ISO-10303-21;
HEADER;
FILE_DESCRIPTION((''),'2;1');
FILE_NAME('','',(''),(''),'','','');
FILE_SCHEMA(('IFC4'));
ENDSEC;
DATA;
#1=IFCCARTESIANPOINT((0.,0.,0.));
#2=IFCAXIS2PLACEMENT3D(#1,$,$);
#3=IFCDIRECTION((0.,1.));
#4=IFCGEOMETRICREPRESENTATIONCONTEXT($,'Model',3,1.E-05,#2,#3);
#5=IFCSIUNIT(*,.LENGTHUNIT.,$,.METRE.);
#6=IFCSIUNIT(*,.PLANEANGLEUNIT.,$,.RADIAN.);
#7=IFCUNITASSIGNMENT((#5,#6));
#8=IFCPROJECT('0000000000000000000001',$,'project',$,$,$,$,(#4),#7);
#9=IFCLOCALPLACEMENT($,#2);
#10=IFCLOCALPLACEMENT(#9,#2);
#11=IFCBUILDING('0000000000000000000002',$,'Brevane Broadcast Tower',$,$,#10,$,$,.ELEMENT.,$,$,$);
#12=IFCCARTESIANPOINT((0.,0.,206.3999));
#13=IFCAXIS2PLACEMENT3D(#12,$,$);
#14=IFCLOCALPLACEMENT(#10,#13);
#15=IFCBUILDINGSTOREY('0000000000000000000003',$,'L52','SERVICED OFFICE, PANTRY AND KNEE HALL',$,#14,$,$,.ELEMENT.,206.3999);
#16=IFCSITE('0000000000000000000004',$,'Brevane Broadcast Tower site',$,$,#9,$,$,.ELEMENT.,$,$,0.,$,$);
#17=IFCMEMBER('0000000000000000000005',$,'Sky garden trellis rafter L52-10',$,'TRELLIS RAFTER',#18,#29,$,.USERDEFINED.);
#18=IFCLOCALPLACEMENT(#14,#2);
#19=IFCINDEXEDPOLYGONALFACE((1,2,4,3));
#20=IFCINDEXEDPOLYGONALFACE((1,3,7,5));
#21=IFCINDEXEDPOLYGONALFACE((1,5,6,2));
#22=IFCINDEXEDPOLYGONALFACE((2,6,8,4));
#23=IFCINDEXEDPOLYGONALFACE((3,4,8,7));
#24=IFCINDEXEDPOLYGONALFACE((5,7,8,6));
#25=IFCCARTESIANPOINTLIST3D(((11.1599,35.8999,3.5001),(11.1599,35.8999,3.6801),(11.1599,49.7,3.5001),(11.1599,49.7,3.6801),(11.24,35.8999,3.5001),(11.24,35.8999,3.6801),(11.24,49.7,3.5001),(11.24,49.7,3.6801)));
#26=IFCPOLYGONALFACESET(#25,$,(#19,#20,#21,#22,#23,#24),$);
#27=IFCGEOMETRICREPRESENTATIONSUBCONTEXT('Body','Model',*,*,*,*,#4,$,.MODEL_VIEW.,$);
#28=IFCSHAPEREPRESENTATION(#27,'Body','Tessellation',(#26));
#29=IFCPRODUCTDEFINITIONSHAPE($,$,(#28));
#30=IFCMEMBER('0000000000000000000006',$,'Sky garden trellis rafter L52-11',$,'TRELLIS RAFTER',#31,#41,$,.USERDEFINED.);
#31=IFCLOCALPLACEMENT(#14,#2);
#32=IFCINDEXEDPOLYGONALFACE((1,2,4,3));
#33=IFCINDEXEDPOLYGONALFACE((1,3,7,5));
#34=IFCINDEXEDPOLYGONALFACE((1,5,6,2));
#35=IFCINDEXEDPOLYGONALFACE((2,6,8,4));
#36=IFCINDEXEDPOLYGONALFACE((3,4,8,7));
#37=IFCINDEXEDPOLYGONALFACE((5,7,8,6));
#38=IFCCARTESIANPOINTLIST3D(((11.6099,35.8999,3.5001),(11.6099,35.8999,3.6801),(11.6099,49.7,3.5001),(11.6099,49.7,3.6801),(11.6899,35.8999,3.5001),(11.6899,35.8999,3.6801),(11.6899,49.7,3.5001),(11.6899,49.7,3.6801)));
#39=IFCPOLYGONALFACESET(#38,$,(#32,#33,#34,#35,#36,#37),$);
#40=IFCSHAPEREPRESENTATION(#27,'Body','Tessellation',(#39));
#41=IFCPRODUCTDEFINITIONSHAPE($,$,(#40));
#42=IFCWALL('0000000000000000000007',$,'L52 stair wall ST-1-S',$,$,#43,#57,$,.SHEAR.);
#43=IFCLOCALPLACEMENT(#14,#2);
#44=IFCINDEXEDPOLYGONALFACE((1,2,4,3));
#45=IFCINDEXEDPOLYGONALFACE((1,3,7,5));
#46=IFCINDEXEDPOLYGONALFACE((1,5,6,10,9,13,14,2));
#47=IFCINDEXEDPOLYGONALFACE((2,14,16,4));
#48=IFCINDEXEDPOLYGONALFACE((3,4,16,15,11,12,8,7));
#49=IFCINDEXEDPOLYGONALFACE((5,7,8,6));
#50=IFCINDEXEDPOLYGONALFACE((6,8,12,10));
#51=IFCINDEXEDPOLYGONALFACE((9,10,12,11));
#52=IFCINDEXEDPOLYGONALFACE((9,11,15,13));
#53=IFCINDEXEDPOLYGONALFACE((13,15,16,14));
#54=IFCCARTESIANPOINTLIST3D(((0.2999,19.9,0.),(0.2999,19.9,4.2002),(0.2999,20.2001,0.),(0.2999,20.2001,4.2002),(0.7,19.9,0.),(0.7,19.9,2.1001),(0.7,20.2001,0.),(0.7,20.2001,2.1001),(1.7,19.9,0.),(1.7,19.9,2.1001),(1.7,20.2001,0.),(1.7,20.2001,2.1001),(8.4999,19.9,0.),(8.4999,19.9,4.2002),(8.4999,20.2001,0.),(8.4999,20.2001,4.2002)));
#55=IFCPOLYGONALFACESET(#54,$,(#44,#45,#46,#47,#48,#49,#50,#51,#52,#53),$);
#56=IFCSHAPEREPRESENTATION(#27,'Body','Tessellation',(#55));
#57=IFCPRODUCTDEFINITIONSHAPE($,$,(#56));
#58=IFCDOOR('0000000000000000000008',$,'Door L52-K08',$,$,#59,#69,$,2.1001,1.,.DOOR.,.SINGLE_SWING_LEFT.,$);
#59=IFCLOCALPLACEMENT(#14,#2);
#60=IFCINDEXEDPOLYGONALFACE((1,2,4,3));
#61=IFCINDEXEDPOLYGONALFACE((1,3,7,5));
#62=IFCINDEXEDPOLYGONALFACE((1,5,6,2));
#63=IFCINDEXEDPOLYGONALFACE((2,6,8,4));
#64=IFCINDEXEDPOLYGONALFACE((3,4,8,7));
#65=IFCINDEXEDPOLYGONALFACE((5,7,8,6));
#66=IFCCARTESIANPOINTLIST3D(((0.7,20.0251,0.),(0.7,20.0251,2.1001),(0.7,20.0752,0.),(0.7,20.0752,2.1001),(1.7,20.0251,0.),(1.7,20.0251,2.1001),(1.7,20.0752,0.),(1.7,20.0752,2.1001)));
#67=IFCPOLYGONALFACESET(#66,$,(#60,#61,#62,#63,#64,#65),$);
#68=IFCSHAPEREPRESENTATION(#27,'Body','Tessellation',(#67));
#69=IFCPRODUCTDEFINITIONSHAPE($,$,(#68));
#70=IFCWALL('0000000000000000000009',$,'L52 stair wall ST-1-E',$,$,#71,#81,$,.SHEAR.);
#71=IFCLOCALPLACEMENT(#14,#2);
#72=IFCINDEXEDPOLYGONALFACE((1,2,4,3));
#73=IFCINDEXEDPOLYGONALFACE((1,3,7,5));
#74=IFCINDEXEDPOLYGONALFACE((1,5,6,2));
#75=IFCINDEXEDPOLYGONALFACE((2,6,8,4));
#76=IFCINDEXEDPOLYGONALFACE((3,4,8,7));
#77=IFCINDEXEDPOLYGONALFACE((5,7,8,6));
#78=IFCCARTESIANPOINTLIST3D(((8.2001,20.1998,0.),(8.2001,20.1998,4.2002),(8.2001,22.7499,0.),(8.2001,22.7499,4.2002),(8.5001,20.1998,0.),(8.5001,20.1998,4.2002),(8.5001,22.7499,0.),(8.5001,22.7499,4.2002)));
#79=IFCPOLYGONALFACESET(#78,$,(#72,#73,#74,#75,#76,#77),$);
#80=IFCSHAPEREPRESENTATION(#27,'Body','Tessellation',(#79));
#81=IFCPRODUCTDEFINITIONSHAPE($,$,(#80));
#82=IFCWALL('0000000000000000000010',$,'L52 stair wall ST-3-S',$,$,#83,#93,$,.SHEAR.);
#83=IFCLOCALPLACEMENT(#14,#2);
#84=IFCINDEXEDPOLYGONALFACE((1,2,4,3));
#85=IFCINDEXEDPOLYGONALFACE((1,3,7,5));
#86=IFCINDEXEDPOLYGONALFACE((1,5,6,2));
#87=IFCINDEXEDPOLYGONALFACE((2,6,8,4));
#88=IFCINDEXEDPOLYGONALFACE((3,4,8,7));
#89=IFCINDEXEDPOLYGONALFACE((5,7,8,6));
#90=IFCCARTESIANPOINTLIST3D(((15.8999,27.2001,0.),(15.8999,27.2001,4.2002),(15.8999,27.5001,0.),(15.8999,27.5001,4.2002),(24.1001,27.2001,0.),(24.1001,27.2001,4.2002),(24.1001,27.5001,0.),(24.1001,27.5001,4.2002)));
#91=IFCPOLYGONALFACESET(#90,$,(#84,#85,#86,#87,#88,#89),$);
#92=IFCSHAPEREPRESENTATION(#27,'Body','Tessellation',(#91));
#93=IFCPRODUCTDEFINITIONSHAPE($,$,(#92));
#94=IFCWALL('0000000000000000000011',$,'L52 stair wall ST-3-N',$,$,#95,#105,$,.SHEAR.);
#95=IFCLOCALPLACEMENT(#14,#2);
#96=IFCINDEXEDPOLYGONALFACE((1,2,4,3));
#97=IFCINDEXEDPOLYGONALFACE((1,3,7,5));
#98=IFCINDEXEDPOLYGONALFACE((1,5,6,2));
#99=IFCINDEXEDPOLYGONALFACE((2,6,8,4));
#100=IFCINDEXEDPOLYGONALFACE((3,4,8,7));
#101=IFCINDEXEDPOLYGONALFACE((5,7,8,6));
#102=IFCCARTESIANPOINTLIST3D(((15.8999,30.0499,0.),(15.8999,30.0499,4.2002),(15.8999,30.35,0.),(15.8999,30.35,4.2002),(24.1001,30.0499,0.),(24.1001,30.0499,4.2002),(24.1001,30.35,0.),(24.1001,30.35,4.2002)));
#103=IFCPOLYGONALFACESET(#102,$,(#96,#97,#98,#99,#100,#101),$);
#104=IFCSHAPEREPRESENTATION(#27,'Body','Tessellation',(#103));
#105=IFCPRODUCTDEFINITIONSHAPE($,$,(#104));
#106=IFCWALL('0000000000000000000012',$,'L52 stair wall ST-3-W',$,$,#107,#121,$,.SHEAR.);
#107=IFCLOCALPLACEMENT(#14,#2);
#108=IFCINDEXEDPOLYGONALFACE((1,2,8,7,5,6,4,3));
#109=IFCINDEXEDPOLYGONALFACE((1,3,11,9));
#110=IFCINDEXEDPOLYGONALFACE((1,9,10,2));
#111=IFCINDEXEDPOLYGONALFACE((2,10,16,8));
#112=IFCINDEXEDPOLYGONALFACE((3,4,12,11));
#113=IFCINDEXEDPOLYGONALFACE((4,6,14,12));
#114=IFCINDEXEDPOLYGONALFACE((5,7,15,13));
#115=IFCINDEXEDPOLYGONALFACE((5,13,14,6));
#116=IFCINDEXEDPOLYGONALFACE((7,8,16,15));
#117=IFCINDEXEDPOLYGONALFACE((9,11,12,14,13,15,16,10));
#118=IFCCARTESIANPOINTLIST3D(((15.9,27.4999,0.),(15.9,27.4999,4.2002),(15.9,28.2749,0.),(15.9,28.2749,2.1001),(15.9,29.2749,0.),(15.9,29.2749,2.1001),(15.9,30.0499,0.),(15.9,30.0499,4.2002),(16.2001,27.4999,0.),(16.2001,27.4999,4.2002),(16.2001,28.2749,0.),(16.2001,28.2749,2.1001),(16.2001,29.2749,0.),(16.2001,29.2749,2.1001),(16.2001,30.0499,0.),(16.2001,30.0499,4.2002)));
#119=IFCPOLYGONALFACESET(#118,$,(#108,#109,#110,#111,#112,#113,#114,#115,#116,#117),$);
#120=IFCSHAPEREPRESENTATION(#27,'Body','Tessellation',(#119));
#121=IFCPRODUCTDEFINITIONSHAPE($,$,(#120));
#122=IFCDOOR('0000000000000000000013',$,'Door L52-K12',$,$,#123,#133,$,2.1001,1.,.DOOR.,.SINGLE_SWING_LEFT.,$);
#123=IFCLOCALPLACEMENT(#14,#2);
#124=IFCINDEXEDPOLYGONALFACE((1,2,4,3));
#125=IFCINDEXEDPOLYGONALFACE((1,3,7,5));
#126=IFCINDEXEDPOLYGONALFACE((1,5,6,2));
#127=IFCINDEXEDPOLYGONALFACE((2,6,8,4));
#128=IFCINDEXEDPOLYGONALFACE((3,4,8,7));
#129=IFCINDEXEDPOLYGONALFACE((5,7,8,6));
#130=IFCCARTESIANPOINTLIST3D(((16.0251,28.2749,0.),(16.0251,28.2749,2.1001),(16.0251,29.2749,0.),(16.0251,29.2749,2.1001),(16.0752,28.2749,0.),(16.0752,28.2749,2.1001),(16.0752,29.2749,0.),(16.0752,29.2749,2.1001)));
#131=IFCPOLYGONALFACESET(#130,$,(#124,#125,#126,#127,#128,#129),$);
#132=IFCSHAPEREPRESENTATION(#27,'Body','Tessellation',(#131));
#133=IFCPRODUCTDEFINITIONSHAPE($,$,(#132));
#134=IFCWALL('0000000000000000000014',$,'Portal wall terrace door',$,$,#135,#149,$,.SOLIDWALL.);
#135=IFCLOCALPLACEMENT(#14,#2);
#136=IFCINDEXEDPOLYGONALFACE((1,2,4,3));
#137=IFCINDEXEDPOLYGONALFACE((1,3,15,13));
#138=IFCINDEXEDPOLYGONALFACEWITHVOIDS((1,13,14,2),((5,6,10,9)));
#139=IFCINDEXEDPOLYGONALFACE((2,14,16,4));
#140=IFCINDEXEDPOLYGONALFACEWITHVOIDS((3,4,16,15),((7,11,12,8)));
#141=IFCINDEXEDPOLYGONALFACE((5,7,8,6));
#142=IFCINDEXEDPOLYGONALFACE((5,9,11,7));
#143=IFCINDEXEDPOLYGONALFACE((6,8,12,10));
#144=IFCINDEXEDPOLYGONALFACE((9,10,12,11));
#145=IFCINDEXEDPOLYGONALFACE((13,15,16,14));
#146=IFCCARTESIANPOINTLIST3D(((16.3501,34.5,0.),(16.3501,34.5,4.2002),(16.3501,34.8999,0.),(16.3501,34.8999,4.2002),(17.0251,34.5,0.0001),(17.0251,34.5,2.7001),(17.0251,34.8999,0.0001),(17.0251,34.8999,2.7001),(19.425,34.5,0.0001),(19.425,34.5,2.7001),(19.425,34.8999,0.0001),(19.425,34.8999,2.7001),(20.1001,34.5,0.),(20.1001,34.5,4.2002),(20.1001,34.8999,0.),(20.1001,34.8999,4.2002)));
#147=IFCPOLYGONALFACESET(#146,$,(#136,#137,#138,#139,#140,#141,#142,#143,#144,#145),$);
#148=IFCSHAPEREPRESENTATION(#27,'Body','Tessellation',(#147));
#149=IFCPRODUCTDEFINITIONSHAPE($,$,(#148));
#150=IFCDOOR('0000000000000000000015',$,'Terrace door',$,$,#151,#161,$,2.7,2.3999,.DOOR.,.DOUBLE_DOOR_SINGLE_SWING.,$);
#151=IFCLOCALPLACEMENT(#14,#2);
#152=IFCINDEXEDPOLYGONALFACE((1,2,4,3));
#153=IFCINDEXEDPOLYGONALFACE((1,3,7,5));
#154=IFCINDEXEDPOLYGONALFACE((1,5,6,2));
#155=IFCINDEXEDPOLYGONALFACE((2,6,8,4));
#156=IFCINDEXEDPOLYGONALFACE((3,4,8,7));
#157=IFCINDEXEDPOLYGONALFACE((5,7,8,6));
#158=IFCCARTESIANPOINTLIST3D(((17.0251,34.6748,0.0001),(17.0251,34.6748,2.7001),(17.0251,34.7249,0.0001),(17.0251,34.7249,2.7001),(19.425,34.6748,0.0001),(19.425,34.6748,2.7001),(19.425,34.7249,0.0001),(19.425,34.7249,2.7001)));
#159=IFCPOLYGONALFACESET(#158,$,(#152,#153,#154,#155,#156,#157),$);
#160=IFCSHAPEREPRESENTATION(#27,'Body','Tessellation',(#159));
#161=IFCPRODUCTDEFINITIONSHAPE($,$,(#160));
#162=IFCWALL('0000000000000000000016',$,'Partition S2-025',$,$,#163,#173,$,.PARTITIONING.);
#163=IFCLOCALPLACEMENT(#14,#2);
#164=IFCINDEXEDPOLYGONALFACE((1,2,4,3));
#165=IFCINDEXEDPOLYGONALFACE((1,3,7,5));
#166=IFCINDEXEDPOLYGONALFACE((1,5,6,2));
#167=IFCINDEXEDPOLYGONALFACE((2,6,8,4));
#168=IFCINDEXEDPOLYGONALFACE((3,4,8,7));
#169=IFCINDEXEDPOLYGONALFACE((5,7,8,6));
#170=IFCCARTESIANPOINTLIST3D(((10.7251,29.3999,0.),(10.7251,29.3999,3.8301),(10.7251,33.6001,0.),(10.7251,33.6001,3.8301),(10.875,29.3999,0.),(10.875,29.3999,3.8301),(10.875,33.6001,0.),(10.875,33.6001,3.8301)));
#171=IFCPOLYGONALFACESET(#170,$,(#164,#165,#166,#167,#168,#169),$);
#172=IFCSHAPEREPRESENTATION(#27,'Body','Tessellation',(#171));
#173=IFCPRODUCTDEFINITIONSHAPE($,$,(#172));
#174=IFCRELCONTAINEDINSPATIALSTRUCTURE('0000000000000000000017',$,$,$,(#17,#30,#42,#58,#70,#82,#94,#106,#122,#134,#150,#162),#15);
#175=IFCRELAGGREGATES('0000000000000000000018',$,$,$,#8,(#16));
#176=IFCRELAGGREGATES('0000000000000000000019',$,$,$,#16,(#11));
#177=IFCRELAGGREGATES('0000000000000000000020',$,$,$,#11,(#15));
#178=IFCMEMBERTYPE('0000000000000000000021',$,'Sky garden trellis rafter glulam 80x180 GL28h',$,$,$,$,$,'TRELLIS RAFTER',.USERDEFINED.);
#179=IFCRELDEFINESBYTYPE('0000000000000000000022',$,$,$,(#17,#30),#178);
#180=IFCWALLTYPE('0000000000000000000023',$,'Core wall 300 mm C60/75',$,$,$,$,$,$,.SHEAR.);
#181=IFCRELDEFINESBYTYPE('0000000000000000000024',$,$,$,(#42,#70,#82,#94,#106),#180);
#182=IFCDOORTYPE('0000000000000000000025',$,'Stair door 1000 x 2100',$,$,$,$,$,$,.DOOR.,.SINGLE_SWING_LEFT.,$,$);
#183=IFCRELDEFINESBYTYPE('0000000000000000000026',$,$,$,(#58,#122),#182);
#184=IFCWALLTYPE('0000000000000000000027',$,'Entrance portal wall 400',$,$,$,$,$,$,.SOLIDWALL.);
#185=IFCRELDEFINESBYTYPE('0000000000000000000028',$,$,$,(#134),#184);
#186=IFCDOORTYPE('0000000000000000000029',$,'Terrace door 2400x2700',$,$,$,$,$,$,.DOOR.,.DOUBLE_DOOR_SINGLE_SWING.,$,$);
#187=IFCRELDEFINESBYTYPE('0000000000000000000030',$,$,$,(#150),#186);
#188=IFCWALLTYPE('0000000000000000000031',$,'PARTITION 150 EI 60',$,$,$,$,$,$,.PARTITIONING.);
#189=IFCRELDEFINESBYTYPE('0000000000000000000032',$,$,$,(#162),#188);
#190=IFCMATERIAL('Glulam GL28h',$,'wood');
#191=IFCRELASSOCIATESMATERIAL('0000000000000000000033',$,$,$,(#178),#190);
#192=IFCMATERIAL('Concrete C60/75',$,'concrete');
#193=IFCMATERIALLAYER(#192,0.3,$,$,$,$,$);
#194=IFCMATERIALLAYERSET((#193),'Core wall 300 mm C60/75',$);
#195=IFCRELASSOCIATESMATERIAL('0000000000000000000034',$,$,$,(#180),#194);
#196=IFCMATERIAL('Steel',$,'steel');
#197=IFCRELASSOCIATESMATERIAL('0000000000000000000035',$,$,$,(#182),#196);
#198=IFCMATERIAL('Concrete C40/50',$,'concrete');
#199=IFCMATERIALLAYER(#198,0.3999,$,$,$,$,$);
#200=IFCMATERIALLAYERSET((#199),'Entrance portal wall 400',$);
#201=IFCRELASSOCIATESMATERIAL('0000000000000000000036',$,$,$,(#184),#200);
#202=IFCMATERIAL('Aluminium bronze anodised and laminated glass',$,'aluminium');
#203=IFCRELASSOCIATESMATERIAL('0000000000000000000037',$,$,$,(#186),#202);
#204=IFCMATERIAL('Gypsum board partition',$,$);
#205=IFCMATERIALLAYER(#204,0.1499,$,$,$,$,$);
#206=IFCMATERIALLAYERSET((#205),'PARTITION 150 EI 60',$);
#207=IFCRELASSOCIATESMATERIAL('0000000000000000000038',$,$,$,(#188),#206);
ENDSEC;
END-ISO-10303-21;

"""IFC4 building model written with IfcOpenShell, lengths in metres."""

from ifc_helpers import new_model, si_unit, direction, frame, frame_2d, origin, origin_2d, place, context, subcontext, project, spatial, rectangle, extrude, material, layer, layer_set, material_profile, profile_set, type_object, element, fill, save


model = new_model("IFC4")

# Units and contexts
model_context = context("Model", 3, precision=1e-05, world=origin(), true_north=direction((0.0, 1.0)))
body_context = subcontext(model_context, "Body", "Model", "MODEL_VIEW")
ifc_project = project(units=[si_unit("LENGTHUNIT", "METRE"), si_unit("PLANEANGLEUNIT", "RADIAN")], contexts=[model_context])

# Site, building, storey
site_placement = place(None, origin())
site = spatial("IfcSite", under=ifc_project, at=site_placement, Name="Brevane Broadcast Tower site", CompositionType="ELEMENT", RefElevation=0.0)
building_placement = place(site_placement, origin())
building = spatial("IfcBuilding", under=site, at=building_placement, Name="Brevane Broadcast Tower", CompositionType="ELEMENT")
storey_placement = place(building_placement, frame((0.0, 0.0, 206.3999)))
storey = spatial("IfcBuildingStorey", under=building, at=storey_placement, Name="L52", Description="SERVICED OFFICE, PANTRY AND KNEE HALL", CompositionType="ELEMENT", Elevation=206.3999)

# Shared definitions
ifc_material_1 = material(Name="Concrete C60/75", Category="concrete")

# Shared definitions
ifc_material_2 = material(Name="Concrete C40/50", Category="concrete")

# Members
ifc_material_3 = material(Name="Glulam GL28h", Category="wood")
ifc_material_profile_1 = material_profile(ifc_material_3, rectangle(XDim=0.0801, YDim=0.1799, at=origin_2d()), Name="RECT 80x180")
ifc_profile_set_1 = profile_set([ifc_material_profile_1], Name="Glulam GL28h")
member_type_1 = type_object("IfcMemberType", Name="Sky garden trellis rafter glulam 80x180 GL28h", ElementType="TRELLIS RAFTER", PredefinedType="USERDEFINED", material=ifc_profile_set_1)
for number, where, z_axis, x_axis, name in (
    (1, (11.2, 35.8999, 3.5901), (0.0, 1.0, 0.0), (-1.0, 0.0, 0.0), "Sky garden trellis rafter L52-10"),
    (2, (11.6499, 35.8999, 3.5901), (0.0, 1.0, 0.0), (-1.0, 0.0, 0.0), "Sky garden trellis rafter L52-11"),
):
    element("IfcMember", number, at=place(storey_placement, frame(where, z_axis=z_axis, x_axis=x_axis)), inside=storey, type_object=member_type_1, Name=name, ObjectType="TRELLIS RAFTER", PredefinedType="USERDEFINED", context=body_context, shape_type="SweptSolid", body=[
        extrude(rectangle(XDim=0.0801, YDim=0.1799, at=origin_2d()), origin(), (0.0, 0.0, 1.0), 13.8),
    ])

# Wall, opening, door
ifc_layer_1 = layer(ifc_material_1, 0.3)
ifc_layer_set_1 = layer_set([ifc_layer_1], Name="Core wall 300 mm C60/75")
wall_type_1 = type_object("IfcWallType", Name="Core wall 300 mm C60/75", PredefinedType="SHEAR", material=ifc_layer_set_1)
wall_1_placement = place(storey_placement, frame((8.5, 20.05, 0.0), z_axis=(0.0, 0.0, 1.0), x_axis=(-1.0, 0.0, 0.0)))
wall_1 = element("IfcWall", 3, at=wall_1_placement, inside=storey, type_object=wall_type_1, Name="L52 stair wall ST-1-S", PredefinedType="SHEAR", context=body_context, shape_type="SweptSolid", body=[
    extrude(rectangle(XDim=8.2, YDim=0.3, at=frame_2d((4.1001, 0.0))), origin(), (0.0, 0.0, 1.0), 4.2002),
])
opening_1_placement = place(wall_1_placement, frame((6.8, 0.0, 0.0)))
opening_1 = element("IfcOpeningElement", 4, at=opening_1_placement, cuts=wall_1, PredefinedType="OPENING", context=body_context, shape_type="SweptSolid", body=[
    extrude(rectangle(XDim=1.0, YDim=2.1001, at=frame_2d((0.5, 1.05))), frame((0.0, 0.1599, 0.0), z_axis=(0.0, -1.0, 0.0), x_axis=(1.0, 0.0, 0.0)), (0.0, 0.0, 1.0), 0.3201),
])
ifc_material_4 = material(Name="Steel", Category="steel")
door_type_1 = type_object("IfcDoorType", Name="Stair door 1000 x 2100", OperationType="SINGLE_SWING_LEFT", PredefinedType="DOOR", material=ifc_material_4)
door_1_placement = place(opening_1_placement, origin())
door_1 = element("IfcDoor", 5, at=door_1_placement, inside=storey, type_object=door_type_1, Name="Door L52-K08", OperationType="SINGLE_SWING_LEFT", OverallHeight=2.1001, OverallWidth=1.0, PredefinedType="DOOR", context=body_context, shape_type="SweptSolid", body=[
    extrude(rectangle(XDim=1.0, YDim=2.1001, at=frame_2d((0.5, 1.05))), frame((0.0, 0.0249, 0.0), z_axis=(0.0, -1.0, 0.0), x_axis=(1.0, 0.0, 0.0)), (0.0, 0.0, 1.0), 0.05),
])
fill(opening_1, door_1)

# Walls
wall_2_placement = place(storey_placement, frame((8.3501, 20.2, 0.0), z_axis=(0.0, 0.0, 1.0), x_axis=(0.0, 1.0, 0.0)))
element("IfcWall", 6, at=wall_2_placement, inside=storey, type_object=wall_type_1, Name="L52 stair wall ST-1-E", PredefinedType="SHEAR", context=body_context, shape_type="SweptSolid", body=[
    extrude(rectangle(XDim=2.55, YDim=0.3, at=frame_2d((1.2749, 0.0))), origin(), (0.0, 0.0, 1.0), 4.2002),
])
for number, where, z_axis, x_axis, name in (
    (7, (15.8999, 27.3501, 0.0), (0.0, 0.0, 1.0), (1.0, 0.0, 0.0), "L52 stair wall ST-3-S"),
    (8, (15.8999, 30.2, 0.0), (0.0, 0.0, 1.0), (1.0, 0.0, 0.0), "L52 stair wall ST-3-N"),
):
    element("IfcWall", number, at=place(storey_placement, frame(where, z_axis=z_axis, x_axis=x_axis)), inside=storey, type_object=wall_type_1, Name=name, PredefinedType="SHEAR", context=body_context, shape_type="SweptSolid", body=[
        extrude(rectangle(XDim=8.2002, YDim=0.3, at=frame_2d((4.1001, 0.0))), origin(), (0.0, 0.0, 1.0), 4.2002),
    ])

# Walls, openings, doors
wall_3_placement = place(storey_placement, frame((16.05, 27.5, 0.0), z_axis=(0.0, 0.0, 1.0), x_axis=(0.0, 1.0, 0.0)))
wall_3 = element("IfcWall", 9, at=wall_3_placement, inside=storey, type_object=wall_type_1, Name="L52 stair wall ST-3-W", PredefinedType="SHEAR", context=body_context, shape_type="SweptSolid", body=[
    extrude(rectangle(XDim=2.55, YDim=0.3, at=frame_2d((1.2749, 0.0))), origin(), (0.0, 0.0, 1.0), 4.2002),
])
opening_2_placement = place(wall_3_placement, frame((0.7749, 0.0, 0.0)))
opening_2 = element("IfcOpeningElement", 10, at=opening_2_placement, cuts=wall_3, PredefinedType="OPENING", context=body_context, shape_type="SweptSolid", body=[
    extrude(rectangle(XDim=1.0, YDim=2.1001, at=frame_2d((0.5, 1.05))), frame((0.0, 0.1599, 0.0), z_axis=(0.0, -1.0, 0.0), x_axis=(1.0, 0.0, 0.0)), (0.0, 0.0, 1.0), 0.3201),
])
door_2_placement = place(opening_2_placement, origin())
door_2 = element("IfcDoor", 11, at=door_2_placement, inside=storey, type_object=door_type_1, Name="Door L52-K12", OperationType="SINGLE_SWING_LEFT", OverallHeight=2.1001, OverallWidth=1.0, PredefinedType="DOOR", context=body_context, shape_type="SweptSolid", body=[
    extrude(rectangle(XDim=1.0, YDim=2.1001, at=frame_2d((0.5, 1.05))), frame((0.0, 0.0249, 0.0), z_axis=(0.0, -1.0, 0.0), x_axis=(1.0, 0.0, 0.0)), (0.0, 0.0, 1.0), 0.05),
])
fill(opening_2, door_2)
ifc_layer_2 = layer(ifc_material_2, 0.3999)
ifc_layer_set_2 = layer_set([ifc_layer_2], Name="Entrance portal wall 400")
wall_type_2 = type_object("IfcWallType", Name="Entrance portal wall 400", PredefinedType="SOLIDWALL", material=ifc_layer_set_2)
wall_4_placement = place(storey_placement, frame((16.3501, 34.7, 0.0), z_axis=(0.0, 0.0, 1.0), x_axis=(1.0, 0.0, 0.0)))
wall_4 = element("IfcWall", 12, at=wall_4_placement, inside=storey, type_object=wall_type_2, Name="Portal wall terrace door", PredefinedType="SOLIDWALL", context=body_context, shape_type="SweptSolid", body=[
    extrude(rectangle(XDim=3.75, YDim=0.3999, at=frame_2d((1.875, 0.0))), origin(), (0.0, 0.0, 1.0), 4.2002),
])
opening_3_placement = place(wall_4_placement, frame((0.675, 0.0, 0.0)))
opening_3 = element("IfcOpeningElement", 13, at=opening_3_placement, cuts=wall_4, PredefinedType="OPENING", context=body_context, shape_type="SweptSolid", body=[
    extrude(rectangle(XDim=2.3999, YDim=2.7, at=frame_2d((1.2, 1.3501))), frame((0.0, 0.21, 0.0), z_axis=(0.0, -1.0, 0.0), x_axis=(1.0, 0.0, 0.0)), (0.0, 0.0, 1.0), 0.4199),
])
ifc_material_5 = material(Name="Aluminium bronze anodised and laminated glass", Category="aluminium")
door_type_2 = type_object("IfcDoorType", Name="Terrace door 2400x2700", OperationType="DOUBLE_DOOR_SINGLE_SWING", PredefinedType="DOOR", material=ifc_material_5)
door_3_placement = place(opening_3_placement, origin())
door_3 = element("IfcDoor", 14, at=door_3_placement, inside=storey, type_object=door_type_2, Name="Terrace door", OperationType="DOUBLE_DOOR_SINGLE_SWING", OverallHeight=2.7, OverallWidth=2.3999, PredefinedType="DOOR", context=body_context, shape_type="SweptSolid", body=[
    extrude(rectangle(XDim=2.3999, YDim=2.7, at=frame_2d((1.2, 1.3501))), frame((0.0, 0.0249, 0.0), z_axis=(0.0, -1.0, 0.0), x_axis=(1.0, 0.0, 0.0)), (0.0, 0.0, 1.0), 0.05),
])
fill(opening_3, door_3)
ifc_material_6 = material(Name="Gypsum board partition")
ifc_layer_3 = layer(ifc_material_6, 0.1499)
ifc_layer_set_3 = layer_set([ifc_layer_3], Name="PARTITION 150 EI 60")
wall_type_3 = type_object("IfcWallType", Name="PARTITION 150 EI 60", PredefinedType="PARTITIONING", material=ifc_layer_set_3)

# Wall
wall_5_placement = place(storey_placement, frame((10.8, 29.3999, 0.0), z_axis=(0.0, 0.0, 1.0), x_axis=(0.0, 1.0, 0.0)))
element("IfcWall", 15, at=wall_5_placement, inside=storey, type_object=wall_type_3, Name="Partition S2-025", PredefinedType="PARTITIONING", context=body_context, shape_type="SweptSolid", body=[
    extrude(rectangle(XDim=4.2002, YDim=0.1499, at=frame_2d((2.1001, 0.0))), origin(), (0.0, 0.0, 1.0), 3.8301),
])

save(model, "model.ifc")
